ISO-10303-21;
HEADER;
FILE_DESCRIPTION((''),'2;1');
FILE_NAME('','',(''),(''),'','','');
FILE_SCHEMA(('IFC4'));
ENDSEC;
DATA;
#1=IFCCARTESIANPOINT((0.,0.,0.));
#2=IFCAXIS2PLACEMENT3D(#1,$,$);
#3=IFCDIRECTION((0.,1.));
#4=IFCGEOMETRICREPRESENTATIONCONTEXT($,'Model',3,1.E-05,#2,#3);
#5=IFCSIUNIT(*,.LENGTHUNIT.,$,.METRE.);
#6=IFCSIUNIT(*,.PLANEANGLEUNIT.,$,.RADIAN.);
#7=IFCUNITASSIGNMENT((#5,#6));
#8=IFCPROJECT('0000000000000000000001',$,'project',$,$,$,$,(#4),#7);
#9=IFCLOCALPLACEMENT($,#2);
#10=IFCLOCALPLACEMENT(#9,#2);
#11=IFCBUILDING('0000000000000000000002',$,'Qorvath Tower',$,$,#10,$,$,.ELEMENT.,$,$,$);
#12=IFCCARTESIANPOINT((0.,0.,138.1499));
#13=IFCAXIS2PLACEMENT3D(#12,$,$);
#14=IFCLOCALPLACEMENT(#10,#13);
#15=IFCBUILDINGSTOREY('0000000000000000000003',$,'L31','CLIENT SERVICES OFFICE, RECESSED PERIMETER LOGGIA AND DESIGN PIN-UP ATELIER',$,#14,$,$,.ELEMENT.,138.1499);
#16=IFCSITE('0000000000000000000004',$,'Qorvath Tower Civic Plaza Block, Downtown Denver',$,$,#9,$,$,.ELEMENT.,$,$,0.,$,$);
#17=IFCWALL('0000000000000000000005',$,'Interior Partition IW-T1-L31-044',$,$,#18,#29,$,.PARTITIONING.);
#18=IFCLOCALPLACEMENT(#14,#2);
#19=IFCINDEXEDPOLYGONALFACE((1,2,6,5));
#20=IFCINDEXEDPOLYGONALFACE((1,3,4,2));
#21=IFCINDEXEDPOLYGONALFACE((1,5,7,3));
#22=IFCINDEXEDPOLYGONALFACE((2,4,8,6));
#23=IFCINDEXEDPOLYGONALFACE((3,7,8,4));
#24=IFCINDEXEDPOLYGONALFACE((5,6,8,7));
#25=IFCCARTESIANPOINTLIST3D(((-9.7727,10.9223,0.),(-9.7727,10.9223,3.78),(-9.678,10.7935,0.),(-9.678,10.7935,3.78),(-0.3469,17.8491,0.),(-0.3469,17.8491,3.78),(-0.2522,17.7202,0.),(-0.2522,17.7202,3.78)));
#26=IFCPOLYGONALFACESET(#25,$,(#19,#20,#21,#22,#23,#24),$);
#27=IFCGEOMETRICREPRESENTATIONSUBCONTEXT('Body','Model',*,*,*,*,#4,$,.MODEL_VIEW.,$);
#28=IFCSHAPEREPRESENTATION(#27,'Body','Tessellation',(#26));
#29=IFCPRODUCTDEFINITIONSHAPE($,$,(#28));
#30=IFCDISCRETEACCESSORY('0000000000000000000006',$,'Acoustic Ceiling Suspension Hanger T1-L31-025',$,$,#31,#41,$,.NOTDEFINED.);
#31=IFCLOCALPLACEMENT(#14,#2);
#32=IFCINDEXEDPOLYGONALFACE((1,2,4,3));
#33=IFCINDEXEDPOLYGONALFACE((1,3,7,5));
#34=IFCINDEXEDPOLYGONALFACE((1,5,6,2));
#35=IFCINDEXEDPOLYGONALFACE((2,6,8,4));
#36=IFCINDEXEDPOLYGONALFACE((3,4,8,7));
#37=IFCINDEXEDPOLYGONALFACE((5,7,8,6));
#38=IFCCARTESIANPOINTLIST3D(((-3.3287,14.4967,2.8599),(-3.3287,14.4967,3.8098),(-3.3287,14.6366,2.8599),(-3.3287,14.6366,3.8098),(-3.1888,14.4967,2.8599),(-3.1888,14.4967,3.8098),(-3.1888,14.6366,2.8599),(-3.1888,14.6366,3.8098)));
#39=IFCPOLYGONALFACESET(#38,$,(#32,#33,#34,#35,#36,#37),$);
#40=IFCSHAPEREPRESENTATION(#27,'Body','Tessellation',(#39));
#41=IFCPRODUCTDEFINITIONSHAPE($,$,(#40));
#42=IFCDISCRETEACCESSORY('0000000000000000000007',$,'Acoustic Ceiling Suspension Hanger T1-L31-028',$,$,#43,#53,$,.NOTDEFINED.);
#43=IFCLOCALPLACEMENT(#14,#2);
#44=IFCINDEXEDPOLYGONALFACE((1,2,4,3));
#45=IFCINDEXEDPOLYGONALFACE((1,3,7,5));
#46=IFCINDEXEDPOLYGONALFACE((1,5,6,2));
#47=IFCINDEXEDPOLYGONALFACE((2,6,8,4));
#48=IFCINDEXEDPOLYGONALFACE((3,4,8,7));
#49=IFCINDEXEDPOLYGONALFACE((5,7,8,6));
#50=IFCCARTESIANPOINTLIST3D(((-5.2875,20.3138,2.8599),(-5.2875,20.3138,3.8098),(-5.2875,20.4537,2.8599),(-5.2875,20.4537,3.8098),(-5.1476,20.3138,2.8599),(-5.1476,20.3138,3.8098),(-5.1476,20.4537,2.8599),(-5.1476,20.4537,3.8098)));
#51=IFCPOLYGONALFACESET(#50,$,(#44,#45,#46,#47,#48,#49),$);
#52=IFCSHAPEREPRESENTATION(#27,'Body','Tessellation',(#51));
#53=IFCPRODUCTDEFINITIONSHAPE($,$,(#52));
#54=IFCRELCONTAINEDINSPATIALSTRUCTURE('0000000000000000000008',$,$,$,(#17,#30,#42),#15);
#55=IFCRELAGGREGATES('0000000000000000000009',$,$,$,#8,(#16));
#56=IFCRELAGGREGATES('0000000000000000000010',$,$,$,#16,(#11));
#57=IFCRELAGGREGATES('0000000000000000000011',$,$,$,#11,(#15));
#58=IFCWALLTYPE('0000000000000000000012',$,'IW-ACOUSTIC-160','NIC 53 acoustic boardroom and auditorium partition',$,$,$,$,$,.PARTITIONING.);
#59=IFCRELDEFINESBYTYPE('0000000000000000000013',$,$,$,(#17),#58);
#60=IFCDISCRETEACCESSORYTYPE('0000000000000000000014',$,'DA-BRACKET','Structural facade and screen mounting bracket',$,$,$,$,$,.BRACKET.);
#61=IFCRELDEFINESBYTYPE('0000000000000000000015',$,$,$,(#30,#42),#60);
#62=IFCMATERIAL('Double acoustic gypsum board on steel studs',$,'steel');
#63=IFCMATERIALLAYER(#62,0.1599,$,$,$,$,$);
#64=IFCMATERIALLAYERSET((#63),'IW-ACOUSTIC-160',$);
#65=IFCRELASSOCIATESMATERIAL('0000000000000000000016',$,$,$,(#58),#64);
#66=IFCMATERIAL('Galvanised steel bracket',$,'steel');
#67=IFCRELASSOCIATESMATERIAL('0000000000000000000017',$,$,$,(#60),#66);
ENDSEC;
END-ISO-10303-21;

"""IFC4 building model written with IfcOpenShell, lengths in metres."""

from ifc_helpers import new_model, si_unit, direction, frame, frame_2d, origin, origin_2d, place, context, subcontext, project, spatial, rectangle, extrude, material, layer, layer_set, type_object, element, save


model = new_model("IFC4")

# Units and contexts
model_context = context("Model", 3, precision=1e-05, world=origin(), true_north=direction((0.0, 1.0)))
body_context = subcontext(model_context, "Body", "Model", "MODEL_VIEW")
ifc_project = project(units=[si_unit("LENGTHUNIT", "METRE"), si_unit("PLANEANGLEUNIT", "RADIAN")], contexts=[model_context])

# Site, building, storey
site_placement = place(None, origin())
site = spatial("IfcSite", under=ifc_project, at=site_placement, Name="Qorvath Tower Civic Plaza Block, Downtown Denver", CompositionType="ELEMENT", RefElevation=0.0)
building_placement = place(site_placement, origin())
building = spatial("IfcBuilding", under=site, at=building_placement, Name="Qorvath Tower", CompositionType="ELEMENT")
storey_placement = place(building_placement, frame((0.0, 0.0, 138.1499)))
storey = spatial("IfcBuildingStorey", under=building, at=storey_placement, Name="L31", Description="CLIENT SERVICES OFFICE, RECESSED PERIMETER LOGGIA AND DESIGN PIN-UP ATELIER", CompositionType="ELEMENT", Elevation=138.1499)

# Shared definitions
ifc_material_1 = material(Name="Double acoustic gypsum board on steel studs", Category="steel")
ifc_layer_1 = layer(ifc_material_1, 0.1599)
ifc_layer_set_1 = layer_set([ifc_layer_1], Name="IW-ACOUSTIC-160")
wall_type = type_object("IfcWallType", Name="IW-ACOUSTIC-160", Description="NIC 53 acoustic boardroom and auditorium partition", PredefinedType="PARTITIONING", material=ifc_layer_set_1)

# Wall
wall_1_placement = place(storey_placement, frame((-0.2996, 17.7847, 0.0), z_axis=(0.0, 0.0, 1.0), x_axis=(-0.805813, -0.59217, 0.0)))
element("IfcWall", 1, at=wall_1_placement, inside=storey, type_object=wall_type, Name="Interior Partition IW-T1-L31-044", PredefinedType="PARTITIONING", context=body_context, shape_type="SweptSolid", body=[
    extrude(rectangle(XDim=11.6973, YDim=0.1599, at=frame_2d((5.8486, 0.0))), origin(), (0.0, 0.0, 1.0), 3.78),
])

# Discrete accessories
ifc_material_2 = material(Name="Galvanised steel bracket", Category="steel")
discrete_accessory_type = type_object("IfcDiscreteAccessoryType", Name="DA-BRACKET", Description="Structural facade and screen mounting bracket", PredefinedType="BRACKET", material=ifc_material_2)
for number, where, z_axis, x_axis, name in (
    (2, (-3.2588, 14.5667, 2.8599), (0.0, 0.0, 1.0), (1.0, 0.0, 0.0), "Acoustic Ceiling Suspension Hanger T1-L31-025"),
    (3, (-5.2175, 20.3838, 2.8599), (0.0, 0.0, 1.0), (1.0, 0.0, 0.0), "Acoustic Ceiling Suspension Hanger T1-L31-028"),
):
    element("IfcDiscreteAccessory", number, at=place(storey_placement, frame(where, z_axis=z_axis, x_axis=x_axis)), inside=storey, type_object=discrete_accessory_type, Name=name, PredefinedType="NOTDEFINED", context=body_context, shape_type="SweptSolid", body=[
        extrude(rectangle(XDim=0.1399, YDim=0.1399, at=origin_2d()), origin(), (0.0, 0.0, 1.0), 0.95),
    ])

save(model, "model.ifc")
